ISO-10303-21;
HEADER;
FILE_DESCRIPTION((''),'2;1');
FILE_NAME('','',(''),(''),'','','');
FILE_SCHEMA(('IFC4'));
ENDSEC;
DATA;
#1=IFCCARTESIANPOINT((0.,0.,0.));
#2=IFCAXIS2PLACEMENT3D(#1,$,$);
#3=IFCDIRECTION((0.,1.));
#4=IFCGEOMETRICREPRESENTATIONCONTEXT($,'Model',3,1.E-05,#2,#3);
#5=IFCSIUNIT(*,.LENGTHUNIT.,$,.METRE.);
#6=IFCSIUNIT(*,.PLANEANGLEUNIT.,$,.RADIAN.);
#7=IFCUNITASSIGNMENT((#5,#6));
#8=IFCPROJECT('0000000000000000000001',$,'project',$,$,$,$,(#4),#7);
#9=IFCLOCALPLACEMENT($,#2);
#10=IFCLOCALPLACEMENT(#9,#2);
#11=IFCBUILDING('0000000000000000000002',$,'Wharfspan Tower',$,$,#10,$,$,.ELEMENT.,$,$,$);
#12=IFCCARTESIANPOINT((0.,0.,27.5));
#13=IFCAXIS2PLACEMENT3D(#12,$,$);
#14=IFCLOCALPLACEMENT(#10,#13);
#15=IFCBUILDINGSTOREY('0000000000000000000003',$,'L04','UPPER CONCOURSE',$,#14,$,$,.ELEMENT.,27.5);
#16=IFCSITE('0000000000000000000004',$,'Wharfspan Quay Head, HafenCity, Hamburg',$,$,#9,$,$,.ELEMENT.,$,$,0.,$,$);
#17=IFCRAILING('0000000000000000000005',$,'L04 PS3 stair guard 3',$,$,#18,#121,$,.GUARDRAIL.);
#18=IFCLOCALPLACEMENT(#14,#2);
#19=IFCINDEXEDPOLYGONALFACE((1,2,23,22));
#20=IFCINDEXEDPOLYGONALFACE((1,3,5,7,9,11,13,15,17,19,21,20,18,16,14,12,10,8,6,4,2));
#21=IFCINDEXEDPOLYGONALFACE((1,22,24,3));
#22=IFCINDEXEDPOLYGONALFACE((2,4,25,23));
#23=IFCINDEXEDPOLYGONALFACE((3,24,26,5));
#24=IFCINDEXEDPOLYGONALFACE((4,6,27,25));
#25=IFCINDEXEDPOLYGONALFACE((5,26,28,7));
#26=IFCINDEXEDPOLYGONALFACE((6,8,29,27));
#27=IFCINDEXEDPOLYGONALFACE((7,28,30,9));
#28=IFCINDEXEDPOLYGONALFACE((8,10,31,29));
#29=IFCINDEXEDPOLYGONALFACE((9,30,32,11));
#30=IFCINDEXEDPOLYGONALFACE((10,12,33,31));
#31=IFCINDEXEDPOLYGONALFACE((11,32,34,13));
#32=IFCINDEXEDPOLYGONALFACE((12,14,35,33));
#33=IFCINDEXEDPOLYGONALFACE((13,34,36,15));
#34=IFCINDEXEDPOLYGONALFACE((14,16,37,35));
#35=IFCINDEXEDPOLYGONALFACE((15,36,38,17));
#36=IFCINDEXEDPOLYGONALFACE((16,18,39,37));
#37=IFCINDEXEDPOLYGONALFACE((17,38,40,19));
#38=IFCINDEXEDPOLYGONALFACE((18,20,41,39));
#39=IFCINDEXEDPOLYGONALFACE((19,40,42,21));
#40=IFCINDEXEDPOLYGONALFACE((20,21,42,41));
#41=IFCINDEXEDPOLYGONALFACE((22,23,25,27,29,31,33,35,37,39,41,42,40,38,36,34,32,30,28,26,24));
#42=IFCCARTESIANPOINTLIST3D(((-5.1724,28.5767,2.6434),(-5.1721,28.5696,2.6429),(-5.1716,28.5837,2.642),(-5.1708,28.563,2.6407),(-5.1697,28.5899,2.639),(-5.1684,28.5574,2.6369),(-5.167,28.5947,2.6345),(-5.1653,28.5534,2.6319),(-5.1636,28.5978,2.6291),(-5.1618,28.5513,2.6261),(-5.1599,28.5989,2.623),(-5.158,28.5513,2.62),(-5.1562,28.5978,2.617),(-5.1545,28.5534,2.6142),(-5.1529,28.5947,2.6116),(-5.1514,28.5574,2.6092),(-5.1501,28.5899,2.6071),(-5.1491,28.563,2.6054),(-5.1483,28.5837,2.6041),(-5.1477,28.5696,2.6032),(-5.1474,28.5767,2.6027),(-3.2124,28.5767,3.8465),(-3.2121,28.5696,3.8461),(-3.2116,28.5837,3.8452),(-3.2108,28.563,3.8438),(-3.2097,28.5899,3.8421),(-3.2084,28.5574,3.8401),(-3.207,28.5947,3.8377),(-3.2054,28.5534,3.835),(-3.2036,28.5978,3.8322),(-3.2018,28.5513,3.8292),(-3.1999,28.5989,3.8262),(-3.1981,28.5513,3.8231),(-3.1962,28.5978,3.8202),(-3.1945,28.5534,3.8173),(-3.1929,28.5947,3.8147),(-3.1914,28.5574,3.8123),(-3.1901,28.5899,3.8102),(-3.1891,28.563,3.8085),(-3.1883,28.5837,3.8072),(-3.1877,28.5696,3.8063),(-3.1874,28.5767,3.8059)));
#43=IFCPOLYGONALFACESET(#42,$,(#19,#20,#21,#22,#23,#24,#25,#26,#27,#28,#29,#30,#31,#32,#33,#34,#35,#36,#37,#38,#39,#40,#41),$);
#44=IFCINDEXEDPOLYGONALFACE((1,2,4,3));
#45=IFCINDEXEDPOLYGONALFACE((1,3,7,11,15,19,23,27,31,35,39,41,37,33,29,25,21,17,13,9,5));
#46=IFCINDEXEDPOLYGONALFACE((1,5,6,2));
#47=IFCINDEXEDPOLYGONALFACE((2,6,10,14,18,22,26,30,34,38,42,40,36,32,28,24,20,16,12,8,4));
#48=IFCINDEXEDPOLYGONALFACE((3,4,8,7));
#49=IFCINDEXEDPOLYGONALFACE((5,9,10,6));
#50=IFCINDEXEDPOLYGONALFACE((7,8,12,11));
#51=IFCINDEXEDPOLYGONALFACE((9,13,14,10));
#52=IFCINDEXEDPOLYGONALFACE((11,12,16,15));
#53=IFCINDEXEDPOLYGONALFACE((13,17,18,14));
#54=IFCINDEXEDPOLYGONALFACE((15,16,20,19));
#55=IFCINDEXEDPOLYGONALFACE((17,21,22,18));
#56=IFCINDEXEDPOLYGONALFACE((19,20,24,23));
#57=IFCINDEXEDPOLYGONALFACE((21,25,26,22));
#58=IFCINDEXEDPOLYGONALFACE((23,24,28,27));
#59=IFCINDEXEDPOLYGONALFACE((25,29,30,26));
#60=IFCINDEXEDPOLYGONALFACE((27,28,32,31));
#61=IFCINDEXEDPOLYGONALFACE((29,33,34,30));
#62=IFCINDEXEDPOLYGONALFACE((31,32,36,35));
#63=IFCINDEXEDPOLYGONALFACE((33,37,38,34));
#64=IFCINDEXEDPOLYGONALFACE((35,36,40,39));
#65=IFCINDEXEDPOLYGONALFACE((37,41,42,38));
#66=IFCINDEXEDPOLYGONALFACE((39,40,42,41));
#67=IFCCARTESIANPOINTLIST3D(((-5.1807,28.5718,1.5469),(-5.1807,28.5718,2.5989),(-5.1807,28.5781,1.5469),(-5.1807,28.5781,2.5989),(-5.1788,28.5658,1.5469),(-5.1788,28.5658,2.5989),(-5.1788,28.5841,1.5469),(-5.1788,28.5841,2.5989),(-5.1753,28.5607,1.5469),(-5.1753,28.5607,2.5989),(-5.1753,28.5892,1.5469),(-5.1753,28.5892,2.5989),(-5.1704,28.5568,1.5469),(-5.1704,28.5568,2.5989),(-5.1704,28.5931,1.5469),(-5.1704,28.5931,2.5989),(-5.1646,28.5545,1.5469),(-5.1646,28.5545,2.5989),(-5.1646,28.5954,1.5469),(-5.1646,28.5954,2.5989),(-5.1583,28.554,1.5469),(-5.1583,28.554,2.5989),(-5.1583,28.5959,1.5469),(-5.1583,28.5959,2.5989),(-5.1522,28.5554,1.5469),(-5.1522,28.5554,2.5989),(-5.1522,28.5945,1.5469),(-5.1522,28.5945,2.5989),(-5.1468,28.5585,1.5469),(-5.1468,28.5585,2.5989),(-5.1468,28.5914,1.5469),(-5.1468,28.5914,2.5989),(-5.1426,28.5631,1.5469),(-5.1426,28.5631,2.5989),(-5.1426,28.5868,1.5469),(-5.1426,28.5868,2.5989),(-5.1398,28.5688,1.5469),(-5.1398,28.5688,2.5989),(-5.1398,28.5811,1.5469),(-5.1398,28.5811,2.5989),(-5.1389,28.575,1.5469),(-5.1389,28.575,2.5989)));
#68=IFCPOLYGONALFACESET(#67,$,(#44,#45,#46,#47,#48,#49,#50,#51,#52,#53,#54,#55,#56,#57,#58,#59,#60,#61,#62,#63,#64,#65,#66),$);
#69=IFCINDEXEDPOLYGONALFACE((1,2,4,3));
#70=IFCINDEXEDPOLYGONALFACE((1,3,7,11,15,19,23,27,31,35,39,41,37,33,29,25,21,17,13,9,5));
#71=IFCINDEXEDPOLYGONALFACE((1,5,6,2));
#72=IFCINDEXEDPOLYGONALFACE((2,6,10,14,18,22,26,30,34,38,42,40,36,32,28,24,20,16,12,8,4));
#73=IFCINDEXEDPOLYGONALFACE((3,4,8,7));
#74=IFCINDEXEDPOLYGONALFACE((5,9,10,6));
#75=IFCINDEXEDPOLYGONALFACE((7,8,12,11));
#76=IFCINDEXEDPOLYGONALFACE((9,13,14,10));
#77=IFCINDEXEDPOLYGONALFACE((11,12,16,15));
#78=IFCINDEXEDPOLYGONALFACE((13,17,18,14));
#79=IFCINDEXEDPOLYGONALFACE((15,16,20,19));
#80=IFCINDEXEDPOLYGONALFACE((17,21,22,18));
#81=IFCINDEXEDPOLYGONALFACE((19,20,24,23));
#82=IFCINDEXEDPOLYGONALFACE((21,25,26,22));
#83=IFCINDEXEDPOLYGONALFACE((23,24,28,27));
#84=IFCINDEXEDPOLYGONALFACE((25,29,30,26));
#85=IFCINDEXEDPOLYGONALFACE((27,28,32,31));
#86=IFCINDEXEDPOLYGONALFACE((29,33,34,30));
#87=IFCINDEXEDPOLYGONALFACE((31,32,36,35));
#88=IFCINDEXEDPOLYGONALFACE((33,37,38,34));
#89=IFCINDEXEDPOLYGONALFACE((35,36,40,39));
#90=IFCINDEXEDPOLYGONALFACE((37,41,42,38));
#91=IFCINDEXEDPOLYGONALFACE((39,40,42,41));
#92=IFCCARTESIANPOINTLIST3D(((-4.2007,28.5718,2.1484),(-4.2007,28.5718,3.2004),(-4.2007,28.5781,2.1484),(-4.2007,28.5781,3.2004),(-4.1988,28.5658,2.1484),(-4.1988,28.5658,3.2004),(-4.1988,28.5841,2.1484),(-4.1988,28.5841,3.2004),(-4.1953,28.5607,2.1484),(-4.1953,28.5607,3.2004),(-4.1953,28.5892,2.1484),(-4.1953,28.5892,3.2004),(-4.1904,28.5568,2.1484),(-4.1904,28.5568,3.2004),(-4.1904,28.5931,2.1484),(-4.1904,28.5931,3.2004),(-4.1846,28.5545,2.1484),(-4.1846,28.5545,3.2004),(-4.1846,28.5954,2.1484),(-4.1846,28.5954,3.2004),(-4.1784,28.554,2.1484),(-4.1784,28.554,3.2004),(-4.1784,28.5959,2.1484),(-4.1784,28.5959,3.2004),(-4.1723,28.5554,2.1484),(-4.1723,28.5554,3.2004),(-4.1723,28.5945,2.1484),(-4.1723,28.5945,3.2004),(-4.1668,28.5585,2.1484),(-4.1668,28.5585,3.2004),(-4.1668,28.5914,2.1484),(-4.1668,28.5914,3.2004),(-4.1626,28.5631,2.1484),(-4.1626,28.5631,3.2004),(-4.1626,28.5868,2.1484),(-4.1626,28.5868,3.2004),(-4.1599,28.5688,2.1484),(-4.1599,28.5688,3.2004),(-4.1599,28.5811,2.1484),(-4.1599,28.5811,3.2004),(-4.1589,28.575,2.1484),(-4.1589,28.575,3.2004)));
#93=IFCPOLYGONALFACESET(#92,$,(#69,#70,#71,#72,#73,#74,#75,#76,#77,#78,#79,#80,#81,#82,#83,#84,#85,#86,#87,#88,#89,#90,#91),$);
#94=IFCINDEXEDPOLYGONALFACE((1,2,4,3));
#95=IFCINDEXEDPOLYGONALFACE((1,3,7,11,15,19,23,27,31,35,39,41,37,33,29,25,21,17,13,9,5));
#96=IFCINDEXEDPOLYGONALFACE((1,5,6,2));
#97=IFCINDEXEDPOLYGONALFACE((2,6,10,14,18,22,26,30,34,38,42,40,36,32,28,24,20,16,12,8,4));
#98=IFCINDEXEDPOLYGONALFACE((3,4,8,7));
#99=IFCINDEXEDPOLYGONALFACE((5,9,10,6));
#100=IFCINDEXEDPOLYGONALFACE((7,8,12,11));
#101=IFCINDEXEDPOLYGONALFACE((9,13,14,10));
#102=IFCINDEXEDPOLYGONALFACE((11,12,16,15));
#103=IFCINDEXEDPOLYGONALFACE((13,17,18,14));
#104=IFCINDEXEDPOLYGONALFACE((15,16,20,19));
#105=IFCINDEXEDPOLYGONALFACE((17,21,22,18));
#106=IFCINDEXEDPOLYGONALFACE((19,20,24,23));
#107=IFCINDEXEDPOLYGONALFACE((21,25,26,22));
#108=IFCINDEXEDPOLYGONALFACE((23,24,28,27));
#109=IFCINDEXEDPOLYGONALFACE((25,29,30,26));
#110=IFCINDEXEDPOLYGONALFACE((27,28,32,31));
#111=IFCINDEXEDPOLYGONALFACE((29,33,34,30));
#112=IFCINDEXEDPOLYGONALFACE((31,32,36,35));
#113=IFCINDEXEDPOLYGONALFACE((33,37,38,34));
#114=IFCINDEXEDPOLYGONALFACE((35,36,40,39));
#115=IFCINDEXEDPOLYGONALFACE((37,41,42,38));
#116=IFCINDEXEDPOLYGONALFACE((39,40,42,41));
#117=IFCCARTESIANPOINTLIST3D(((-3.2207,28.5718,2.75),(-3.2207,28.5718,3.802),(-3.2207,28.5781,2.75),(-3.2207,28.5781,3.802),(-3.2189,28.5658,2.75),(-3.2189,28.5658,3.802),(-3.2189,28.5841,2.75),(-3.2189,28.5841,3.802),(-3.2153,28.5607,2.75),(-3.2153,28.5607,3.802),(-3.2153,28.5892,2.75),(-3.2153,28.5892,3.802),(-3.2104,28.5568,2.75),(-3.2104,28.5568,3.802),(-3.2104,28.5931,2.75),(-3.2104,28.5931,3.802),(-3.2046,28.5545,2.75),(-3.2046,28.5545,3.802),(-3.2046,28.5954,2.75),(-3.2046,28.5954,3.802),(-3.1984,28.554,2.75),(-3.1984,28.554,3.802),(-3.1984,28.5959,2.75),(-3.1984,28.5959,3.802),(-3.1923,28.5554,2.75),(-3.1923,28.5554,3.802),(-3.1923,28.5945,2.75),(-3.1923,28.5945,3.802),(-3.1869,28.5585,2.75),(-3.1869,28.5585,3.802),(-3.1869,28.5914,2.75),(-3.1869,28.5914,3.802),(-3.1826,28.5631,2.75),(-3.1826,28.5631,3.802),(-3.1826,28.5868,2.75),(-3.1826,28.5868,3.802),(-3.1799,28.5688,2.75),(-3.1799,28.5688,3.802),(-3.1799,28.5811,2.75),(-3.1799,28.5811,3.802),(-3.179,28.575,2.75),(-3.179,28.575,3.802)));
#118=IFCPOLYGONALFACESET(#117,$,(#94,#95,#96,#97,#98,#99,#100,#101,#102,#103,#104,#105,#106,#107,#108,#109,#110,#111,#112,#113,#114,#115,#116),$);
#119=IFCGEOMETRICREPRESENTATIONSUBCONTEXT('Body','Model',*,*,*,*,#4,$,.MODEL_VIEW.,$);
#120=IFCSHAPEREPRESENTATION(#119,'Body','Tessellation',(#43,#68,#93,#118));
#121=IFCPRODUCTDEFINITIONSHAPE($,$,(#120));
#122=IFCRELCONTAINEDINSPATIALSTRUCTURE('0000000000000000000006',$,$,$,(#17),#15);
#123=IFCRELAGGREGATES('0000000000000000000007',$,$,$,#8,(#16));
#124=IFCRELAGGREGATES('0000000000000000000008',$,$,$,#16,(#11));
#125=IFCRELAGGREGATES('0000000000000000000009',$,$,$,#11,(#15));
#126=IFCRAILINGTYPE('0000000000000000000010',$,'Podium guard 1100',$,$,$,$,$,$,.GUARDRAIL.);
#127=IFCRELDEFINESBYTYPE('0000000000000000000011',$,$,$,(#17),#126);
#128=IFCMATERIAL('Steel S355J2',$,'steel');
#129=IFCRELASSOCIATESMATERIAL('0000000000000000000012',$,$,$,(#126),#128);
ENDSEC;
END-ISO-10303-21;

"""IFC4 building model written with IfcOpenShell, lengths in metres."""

from ifc_helpers import new_model, si_unit, direction, frame, origin, origin_2d, place, context, subcontext, project, spatial, circle, extrude, material, type_object, element, save


model = new_model("IFC4")

# Units and contexts
model_context = context("Model", 3, precision=1e-05, world=origin(), true_north=direction((0.0, 1.0)))
body_context = subcontext(model_context, "Body", "Model", "MODEL_VIEW")
ifc_project = project(units=[si_unit("LENGTHUNIT", "METRE"), si_unit("PLANEANGLEUNIT", "RADIAN")], contexts=[model_context])

# Site, building, storey
site_placement = place(None, origin())
site = spatial("IfcSite", under=ifc_project, at=site_placement, Name="Wharfspan Quay Head, HafenCity, Hamburg", CompositionType="ELEMENT", RefElevation=0.0)
building_placement = place(site_placement, origin())
building = spatial("IfcBuilding", under=site, at=building_placement, Name="Wharfspan Tower", CompositionType="ELEMENT")
storey_placement = place(building_placement, frame((0.0, 0.0, 27.5)))
storey = spatial("IfcBuildingStorey", under=building, at=storey_placement, Name="L04", Description="UPPER CONCOURSE", CompositionType="ELEMENT", Elevation=27.5)

# Railing
ifc_material_1 = material(Name="Steel S355J2", Category="steel")
railing_type_1 = type_object("IfcRailingType", Name="Podium guard 1100", PredefinedType="GUARDRAIL", material=ifc_material_1)
railing_1_placement = place(storey_placement, frame((-5.1599, 28.575, 1.5469)))
element("IfcRailing", 1, at=railing_1_placement, inside=storey, type_object=railing_type_1, Name="L04 PS3 stair guard 3", PredefinedType="GUARDRAIL", context=body_context, shape_type="SweptSolid", body=[
    extrude(circle(Radius=0.0239, at=origin_2d()), frame((0.0, 0.0, 1.0762), z_axis=(0.852241, 0.0, 0.523149), x_axis=(0.0, 1.0, 0.0)), (0.0, 0.0, 1.0), 2.2998),
    extrude(circle(Radius=0.021, at=origin_2d()), origin(), (0.0, 0.0, 1.0), 1.052),
    extrude(circle(Radius=0.021, at=origin_2d()), frame((0.98, 0.0, 0.6016)), (0.0, 0.0, 1.0), 1.052),
    extrude(circle(Radius=0.021, at=origin_2d()), frame((1.96, 0.0, 1.2031)), (0.0, 0.0, 1.0), 1.052),
])

save(model, "model.ifc")
